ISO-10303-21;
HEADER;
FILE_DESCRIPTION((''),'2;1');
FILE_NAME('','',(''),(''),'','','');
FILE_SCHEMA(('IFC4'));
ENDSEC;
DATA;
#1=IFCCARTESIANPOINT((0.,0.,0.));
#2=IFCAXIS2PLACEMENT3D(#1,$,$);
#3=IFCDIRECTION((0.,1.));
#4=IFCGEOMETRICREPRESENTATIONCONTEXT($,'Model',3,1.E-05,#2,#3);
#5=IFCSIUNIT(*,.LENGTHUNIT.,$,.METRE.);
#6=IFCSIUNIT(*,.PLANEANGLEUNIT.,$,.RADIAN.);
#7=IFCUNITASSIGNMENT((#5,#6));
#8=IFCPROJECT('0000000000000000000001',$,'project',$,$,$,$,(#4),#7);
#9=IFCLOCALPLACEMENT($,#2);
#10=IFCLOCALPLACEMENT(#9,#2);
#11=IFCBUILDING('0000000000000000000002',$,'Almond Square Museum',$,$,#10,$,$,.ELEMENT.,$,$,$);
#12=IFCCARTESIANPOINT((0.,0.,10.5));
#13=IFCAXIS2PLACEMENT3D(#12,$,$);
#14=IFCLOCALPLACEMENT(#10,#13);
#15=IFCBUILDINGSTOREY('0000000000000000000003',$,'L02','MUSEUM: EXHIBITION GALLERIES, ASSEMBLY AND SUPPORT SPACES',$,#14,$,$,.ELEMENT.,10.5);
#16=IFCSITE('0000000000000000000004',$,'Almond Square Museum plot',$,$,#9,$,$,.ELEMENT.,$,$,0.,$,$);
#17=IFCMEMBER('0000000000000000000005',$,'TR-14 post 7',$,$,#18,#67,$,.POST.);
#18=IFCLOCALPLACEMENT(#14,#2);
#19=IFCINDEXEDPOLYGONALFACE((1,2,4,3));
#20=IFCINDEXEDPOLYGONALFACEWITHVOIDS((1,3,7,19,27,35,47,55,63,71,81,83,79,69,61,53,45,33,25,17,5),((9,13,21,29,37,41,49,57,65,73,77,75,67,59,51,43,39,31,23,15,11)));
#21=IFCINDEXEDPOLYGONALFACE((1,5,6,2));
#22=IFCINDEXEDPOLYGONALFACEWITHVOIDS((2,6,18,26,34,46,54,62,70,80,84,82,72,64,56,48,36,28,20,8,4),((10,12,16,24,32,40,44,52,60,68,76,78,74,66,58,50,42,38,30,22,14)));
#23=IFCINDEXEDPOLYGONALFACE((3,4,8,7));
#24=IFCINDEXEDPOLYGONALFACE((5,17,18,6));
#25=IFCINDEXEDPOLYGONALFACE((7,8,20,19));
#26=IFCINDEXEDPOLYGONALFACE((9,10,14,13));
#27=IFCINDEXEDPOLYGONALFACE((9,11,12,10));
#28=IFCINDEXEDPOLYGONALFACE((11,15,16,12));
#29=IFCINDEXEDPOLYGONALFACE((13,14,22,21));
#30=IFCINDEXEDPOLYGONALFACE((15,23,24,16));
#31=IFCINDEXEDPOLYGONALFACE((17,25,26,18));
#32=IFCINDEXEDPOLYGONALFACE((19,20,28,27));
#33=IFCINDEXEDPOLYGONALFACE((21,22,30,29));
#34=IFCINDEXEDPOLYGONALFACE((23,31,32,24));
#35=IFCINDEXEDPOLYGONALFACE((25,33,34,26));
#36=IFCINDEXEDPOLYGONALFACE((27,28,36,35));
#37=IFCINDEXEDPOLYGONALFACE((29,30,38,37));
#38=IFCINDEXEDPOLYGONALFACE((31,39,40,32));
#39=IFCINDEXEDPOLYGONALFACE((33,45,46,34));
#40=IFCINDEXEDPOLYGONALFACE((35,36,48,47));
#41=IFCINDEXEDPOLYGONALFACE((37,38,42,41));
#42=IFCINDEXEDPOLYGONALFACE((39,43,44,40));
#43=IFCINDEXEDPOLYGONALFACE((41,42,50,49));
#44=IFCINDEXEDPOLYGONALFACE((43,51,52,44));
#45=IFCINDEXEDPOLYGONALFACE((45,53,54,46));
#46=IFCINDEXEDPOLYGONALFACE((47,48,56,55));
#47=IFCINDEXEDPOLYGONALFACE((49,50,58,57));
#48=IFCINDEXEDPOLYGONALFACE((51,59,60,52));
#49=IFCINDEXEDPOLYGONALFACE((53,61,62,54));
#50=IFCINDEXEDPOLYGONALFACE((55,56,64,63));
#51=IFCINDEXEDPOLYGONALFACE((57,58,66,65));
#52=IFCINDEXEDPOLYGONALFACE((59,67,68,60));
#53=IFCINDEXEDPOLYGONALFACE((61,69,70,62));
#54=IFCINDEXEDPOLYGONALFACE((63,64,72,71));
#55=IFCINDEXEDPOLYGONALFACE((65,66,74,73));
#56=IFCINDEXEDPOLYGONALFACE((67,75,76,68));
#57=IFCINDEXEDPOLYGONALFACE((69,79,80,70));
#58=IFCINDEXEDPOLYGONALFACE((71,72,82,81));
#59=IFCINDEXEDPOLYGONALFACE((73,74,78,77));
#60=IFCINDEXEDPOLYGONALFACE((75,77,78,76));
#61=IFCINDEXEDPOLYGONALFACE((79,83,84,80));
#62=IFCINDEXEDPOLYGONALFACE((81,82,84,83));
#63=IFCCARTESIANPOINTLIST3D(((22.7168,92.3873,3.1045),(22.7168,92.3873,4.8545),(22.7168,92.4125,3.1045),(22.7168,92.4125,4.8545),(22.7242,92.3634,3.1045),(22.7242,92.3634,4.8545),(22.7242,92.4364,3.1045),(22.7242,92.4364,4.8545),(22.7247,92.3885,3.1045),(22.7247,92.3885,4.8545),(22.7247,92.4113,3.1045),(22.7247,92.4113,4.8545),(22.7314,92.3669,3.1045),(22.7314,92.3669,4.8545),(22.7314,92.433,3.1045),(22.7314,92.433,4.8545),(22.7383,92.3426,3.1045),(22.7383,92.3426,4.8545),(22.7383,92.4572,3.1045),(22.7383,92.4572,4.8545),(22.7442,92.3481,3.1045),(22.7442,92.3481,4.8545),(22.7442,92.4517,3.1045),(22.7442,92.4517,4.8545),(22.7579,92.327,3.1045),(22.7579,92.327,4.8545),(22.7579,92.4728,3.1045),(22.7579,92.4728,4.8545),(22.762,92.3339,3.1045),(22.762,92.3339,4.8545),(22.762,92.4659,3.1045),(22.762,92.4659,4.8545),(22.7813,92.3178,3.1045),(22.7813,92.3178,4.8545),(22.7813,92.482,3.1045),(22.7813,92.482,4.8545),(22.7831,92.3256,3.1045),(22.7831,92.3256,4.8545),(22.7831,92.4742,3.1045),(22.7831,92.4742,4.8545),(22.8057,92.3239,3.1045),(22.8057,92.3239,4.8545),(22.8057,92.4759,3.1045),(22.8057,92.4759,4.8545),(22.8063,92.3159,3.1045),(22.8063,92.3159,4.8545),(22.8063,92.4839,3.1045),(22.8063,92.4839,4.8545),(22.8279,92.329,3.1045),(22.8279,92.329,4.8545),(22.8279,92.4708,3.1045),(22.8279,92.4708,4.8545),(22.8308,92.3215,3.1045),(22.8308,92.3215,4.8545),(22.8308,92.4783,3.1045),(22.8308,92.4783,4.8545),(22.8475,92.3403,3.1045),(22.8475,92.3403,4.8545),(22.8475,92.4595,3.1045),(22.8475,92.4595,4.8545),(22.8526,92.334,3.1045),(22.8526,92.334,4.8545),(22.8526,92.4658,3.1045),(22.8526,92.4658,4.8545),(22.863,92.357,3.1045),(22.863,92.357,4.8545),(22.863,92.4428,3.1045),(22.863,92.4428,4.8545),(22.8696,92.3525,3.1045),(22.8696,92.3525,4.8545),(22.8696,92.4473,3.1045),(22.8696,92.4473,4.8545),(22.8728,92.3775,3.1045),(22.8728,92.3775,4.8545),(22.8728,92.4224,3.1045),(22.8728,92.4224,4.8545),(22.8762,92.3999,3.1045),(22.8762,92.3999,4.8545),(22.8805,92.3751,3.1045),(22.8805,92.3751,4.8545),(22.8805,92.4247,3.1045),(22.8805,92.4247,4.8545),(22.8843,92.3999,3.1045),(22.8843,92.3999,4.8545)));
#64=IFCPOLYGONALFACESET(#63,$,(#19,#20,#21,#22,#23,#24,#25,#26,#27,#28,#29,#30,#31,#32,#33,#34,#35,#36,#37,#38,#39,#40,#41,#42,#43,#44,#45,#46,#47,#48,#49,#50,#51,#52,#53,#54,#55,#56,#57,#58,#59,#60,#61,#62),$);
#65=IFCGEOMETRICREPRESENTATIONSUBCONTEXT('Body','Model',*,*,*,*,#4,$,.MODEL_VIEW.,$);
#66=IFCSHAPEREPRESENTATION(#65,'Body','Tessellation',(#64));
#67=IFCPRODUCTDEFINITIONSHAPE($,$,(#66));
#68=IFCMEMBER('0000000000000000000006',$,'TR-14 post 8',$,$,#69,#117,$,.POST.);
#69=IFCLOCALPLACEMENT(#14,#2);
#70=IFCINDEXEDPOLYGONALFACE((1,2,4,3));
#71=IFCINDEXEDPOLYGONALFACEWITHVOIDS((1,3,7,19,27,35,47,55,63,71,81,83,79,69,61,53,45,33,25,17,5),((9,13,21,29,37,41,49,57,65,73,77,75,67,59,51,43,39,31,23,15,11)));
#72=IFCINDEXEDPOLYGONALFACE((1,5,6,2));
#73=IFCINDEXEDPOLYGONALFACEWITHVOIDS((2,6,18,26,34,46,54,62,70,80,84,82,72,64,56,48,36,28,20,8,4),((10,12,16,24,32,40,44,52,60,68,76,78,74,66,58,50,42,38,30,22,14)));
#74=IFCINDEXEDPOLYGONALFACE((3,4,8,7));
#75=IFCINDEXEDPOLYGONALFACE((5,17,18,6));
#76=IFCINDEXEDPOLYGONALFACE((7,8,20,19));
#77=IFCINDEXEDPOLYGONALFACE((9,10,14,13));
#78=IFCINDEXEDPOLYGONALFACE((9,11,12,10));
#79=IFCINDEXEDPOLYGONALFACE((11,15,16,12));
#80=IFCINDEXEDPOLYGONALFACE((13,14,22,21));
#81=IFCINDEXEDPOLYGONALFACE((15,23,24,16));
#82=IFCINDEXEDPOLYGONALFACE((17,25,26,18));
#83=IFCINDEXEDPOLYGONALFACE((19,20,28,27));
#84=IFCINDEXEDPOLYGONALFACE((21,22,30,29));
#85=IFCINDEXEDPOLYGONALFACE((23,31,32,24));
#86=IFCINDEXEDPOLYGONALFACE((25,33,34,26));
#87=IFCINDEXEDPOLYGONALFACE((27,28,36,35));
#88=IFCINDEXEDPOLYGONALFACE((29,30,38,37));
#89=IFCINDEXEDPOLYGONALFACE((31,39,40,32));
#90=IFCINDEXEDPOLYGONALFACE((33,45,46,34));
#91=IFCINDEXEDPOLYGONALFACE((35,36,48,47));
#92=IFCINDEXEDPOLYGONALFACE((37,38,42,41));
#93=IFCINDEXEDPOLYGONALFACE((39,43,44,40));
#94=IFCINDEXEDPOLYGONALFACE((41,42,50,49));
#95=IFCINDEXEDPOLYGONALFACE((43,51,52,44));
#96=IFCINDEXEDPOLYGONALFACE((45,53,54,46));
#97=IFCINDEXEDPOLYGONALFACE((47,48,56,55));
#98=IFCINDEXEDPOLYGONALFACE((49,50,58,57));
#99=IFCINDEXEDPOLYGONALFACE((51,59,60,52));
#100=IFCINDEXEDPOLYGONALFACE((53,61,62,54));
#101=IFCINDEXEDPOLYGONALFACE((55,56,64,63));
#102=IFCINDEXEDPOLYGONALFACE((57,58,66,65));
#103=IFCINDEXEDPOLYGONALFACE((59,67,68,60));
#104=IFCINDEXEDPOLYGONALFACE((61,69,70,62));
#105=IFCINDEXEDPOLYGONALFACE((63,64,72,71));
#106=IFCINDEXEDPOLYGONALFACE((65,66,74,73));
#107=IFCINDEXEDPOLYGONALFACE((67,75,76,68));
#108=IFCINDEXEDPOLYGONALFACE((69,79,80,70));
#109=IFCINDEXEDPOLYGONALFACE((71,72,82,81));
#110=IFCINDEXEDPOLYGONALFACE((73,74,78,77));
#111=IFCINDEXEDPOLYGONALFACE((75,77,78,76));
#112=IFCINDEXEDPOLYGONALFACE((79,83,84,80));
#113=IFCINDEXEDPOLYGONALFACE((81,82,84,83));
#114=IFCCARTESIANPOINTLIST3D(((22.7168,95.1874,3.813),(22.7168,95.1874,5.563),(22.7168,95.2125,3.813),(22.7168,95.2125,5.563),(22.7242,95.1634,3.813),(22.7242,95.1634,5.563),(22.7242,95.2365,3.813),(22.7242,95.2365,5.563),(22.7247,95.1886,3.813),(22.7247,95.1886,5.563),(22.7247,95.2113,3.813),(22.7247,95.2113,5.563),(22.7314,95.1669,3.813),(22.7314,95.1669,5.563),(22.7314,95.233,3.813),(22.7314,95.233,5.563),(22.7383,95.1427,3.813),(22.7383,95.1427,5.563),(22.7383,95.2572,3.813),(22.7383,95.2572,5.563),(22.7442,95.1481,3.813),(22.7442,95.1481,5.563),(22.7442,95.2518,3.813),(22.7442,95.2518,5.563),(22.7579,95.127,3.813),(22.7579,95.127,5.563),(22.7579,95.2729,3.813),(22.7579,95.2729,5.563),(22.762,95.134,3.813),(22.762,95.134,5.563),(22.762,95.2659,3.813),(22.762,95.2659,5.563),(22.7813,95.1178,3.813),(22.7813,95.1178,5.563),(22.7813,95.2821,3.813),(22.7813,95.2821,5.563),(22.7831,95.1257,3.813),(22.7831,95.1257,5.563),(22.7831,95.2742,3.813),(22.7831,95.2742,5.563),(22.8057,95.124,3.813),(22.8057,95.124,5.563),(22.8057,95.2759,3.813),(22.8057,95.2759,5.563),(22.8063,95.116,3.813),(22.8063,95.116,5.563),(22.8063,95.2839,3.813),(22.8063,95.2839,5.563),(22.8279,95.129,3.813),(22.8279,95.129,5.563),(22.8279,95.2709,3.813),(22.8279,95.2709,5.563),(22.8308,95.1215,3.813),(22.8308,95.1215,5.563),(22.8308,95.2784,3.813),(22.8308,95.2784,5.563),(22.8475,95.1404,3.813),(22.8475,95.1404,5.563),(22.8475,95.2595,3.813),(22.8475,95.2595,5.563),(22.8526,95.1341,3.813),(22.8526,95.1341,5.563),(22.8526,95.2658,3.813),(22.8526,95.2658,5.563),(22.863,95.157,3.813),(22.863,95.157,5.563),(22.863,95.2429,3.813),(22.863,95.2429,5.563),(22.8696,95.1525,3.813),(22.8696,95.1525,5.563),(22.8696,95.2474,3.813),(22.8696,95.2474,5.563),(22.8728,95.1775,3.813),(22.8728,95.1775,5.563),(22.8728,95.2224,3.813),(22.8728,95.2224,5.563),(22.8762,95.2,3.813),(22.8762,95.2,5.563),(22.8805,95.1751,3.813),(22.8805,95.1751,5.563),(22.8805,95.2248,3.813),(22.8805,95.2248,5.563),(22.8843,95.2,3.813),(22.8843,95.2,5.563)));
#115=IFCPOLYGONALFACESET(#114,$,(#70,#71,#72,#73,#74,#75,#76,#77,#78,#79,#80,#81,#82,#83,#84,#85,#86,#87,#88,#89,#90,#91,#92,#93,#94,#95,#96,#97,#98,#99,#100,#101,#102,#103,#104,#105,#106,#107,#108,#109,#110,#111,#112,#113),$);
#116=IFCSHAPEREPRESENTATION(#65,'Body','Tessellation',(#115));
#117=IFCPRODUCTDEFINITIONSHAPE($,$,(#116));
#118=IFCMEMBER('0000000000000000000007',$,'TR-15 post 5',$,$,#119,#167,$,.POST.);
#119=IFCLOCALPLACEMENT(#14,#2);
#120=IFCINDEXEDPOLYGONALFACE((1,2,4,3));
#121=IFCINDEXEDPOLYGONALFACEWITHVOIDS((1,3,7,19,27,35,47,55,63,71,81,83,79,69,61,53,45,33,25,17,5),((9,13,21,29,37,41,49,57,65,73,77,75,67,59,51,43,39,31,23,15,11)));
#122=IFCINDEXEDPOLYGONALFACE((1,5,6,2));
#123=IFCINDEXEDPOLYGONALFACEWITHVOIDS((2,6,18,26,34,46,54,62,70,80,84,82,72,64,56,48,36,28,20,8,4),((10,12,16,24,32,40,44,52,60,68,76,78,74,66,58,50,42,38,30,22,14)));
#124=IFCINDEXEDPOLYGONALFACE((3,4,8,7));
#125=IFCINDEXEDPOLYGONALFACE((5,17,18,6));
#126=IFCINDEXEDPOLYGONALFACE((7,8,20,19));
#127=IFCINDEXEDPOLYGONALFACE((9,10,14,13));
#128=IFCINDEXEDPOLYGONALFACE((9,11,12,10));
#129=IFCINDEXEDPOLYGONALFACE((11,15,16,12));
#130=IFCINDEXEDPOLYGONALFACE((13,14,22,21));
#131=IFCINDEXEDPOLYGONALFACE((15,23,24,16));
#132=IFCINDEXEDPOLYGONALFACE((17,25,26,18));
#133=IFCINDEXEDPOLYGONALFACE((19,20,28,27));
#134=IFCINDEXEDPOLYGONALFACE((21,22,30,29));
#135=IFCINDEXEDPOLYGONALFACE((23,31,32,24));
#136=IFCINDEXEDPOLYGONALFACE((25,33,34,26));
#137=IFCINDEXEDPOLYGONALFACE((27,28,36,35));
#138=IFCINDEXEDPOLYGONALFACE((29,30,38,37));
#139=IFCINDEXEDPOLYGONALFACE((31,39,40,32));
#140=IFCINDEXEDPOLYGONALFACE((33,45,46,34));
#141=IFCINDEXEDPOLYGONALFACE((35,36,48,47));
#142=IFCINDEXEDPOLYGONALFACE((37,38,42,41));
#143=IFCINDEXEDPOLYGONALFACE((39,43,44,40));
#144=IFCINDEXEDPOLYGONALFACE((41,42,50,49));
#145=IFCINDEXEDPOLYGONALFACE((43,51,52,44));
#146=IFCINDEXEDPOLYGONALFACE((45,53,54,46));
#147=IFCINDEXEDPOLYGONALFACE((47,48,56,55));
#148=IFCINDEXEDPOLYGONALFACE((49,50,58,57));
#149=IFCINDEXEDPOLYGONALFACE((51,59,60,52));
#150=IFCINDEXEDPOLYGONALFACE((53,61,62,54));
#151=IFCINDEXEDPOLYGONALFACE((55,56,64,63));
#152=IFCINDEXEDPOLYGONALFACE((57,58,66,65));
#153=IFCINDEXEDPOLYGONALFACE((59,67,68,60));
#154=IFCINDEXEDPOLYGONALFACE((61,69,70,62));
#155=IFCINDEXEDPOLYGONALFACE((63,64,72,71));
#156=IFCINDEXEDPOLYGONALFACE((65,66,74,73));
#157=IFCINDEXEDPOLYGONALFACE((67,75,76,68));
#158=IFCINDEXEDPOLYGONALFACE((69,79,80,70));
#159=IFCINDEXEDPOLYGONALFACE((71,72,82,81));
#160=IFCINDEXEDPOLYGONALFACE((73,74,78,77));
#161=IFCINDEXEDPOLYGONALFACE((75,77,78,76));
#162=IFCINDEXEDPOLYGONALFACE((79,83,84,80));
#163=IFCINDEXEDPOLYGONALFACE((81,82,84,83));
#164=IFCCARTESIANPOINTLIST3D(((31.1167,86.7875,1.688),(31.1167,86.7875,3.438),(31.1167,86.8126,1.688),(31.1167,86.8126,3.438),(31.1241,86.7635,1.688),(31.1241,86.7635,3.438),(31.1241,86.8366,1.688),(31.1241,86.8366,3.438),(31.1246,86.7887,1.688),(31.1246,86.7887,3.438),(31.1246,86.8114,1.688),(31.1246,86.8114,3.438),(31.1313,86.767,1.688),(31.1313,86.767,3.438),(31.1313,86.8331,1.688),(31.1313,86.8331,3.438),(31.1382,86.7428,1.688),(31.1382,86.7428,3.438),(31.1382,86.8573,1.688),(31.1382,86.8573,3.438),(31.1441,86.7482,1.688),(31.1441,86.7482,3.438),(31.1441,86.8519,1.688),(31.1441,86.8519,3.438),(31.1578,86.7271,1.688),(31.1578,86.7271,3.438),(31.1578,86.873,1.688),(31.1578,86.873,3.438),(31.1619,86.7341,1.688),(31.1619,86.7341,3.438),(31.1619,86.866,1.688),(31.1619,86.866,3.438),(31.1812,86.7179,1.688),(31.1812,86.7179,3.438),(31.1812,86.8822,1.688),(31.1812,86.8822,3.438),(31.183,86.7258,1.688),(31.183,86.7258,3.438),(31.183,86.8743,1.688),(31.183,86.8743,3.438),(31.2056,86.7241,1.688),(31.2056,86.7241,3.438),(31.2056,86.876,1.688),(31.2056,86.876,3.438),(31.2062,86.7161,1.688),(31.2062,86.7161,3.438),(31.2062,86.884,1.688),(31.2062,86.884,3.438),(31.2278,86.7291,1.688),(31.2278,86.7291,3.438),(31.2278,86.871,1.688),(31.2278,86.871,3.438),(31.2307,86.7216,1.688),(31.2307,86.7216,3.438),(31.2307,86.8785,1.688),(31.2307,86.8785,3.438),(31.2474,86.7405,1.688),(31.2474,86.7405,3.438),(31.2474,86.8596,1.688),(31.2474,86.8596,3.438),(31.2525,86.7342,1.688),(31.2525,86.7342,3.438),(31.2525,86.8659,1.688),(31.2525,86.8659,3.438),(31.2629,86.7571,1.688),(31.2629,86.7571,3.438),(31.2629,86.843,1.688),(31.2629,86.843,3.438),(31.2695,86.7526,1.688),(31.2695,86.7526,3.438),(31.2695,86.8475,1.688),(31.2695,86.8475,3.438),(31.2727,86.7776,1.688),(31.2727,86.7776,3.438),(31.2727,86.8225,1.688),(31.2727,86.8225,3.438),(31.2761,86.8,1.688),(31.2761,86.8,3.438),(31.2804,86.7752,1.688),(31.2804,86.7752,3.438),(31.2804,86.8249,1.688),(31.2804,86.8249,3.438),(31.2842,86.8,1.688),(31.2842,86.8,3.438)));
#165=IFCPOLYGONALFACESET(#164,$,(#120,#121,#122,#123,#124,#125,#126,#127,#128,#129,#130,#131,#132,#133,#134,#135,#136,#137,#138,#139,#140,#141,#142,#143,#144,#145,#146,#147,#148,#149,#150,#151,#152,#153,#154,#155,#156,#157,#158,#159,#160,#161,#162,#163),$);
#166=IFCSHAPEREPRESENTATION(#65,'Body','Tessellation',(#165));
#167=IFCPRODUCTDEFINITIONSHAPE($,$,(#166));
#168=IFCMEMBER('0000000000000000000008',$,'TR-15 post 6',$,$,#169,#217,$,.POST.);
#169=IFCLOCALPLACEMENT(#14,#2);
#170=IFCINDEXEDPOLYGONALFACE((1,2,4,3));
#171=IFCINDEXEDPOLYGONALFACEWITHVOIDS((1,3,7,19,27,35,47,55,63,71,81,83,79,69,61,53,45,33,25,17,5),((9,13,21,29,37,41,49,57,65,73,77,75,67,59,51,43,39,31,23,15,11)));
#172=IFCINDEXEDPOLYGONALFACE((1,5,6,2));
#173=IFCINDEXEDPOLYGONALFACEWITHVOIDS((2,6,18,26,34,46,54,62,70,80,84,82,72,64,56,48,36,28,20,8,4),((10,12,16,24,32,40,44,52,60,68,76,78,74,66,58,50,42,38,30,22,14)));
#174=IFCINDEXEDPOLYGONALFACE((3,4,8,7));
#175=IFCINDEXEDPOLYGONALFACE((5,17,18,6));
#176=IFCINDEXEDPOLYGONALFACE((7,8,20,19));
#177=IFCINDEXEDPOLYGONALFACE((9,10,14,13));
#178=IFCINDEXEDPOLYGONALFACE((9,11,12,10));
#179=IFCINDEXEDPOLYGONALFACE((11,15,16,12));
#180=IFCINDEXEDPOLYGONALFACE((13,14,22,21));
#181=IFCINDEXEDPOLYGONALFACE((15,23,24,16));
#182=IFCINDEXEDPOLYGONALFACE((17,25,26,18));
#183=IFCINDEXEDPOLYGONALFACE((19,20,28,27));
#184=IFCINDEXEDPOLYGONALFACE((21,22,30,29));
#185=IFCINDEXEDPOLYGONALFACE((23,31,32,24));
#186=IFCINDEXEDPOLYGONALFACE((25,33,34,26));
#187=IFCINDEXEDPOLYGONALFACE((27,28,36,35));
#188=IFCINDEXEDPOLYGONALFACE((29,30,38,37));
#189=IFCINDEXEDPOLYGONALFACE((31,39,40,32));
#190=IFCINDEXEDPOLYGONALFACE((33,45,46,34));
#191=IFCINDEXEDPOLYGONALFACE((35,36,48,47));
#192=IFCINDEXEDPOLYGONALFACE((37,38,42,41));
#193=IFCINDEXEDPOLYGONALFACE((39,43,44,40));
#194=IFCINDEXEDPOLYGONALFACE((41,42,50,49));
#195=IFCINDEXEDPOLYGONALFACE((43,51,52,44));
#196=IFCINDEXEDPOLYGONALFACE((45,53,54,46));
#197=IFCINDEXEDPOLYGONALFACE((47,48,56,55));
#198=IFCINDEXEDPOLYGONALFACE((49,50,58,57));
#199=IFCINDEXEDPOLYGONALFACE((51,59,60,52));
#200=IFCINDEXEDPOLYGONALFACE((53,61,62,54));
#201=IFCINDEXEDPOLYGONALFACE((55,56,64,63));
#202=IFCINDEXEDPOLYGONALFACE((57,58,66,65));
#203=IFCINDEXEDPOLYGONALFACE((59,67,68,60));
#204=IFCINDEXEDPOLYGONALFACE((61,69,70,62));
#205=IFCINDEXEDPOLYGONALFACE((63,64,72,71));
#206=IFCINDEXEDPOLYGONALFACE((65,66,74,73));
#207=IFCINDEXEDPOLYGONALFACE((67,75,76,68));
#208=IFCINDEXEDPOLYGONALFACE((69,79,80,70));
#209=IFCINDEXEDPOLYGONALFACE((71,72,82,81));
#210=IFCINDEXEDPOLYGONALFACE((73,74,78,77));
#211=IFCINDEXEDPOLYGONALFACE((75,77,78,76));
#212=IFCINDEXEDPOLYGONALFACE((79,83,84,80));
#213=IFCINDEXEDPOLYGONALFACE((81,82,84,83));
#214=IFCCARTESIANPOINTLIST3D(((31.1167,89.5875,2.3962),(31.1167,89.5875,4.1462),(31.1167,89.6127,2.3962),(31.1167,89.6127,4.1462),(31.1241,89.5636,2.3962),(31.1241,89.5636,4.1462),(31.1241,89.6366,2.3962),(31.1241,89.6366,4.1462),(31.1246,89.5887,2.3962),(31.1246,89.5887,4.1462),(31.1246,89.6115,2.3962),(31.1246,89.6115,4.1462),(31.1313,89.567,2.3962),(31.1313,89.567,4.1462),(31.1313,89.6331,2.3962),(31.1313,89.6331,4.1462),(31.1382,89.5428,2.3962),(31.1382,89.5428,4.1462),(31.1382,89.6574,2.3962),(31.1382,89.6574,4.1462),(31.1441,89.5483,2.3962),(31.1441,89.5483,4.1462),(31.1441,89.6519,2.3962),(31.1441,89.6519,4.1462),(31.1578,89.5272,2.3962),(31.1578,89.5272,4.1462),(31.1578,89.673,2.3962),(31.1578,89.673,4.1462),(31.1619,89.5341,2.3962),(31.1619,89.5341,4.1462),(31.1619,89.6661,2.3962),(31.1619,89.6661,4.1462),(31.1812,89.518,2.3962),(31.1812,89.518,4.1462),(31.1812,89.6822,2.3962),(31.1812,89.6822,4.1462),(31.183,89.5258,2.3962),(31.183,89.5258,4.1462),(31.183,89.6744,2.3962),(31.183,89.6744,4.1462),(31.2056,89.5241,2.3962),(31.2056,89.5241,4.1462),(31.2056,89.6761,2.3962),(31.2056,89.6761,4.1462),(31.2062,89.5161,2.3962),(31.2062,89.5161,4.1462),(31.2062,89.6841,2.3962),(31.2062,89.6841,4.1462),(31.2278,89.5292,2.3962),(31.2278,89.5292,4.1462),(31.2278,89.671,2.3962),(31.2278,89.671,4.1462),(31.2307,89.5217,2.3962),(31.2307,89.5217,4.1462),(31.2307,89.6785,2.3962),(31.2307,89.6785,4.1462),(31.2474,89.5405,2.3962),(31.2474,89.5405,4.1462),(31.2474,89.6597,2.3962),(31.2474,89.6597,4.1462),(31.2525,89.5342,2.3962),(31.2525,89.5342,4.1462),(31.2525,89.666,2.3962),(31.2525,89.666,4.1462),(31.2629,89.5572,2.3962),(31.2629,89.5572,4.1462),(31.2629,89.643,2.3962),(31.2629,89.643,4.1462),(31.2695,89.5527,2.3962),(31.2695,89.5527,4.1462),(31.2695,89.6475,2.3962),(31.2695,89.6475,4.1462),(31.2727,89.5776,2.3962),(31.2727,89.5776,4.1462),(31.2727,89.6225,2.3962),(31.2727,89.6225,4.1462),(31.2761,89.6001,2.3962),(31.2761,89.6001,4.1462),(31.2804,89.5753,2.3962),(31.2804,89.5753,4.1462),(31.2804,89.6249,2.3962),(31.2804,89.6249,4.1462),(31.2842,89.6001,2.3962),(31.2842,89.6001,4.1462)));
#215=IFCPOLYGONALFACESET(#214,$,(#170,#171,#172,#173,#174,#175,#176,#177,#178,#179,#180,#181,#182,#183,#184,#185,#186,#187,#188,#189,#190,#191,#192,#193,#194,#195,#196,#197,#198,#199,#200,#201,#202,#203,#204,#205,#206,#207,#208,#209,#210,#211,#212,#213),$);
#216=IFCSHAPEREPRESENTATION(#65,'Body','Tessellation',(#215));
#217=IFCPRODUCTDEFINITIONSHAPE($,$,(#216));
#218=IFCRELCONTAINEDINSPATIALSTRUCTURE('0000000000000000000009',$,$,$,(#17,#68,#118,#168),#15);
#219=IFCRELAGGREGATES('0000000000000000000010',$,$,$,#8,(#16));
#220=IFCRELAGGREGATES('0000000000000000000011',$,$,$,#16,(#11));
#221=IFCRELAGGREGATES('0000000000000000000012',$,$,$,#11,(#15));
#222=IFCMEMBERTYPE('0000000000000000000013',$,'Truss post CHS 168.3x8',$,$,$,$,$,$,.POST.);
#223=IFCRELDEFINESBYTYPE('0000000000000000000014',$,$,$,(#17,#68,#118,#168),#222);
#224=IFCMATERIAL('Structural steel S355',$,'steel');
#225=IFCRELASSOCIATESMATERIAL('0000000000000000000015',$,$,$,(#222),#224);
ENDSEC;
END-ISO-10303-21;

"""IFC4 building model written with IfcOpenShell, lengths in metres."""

from ifc_helpers import new_model, si_unit, direction, frame, origin, origin_2d, place, context, subcontext, project, spatial, hollow_circle, extrude, material, material_profile, profile_set, type_object, element, save


model = new_model("IFC4")

# Units and contexts
model_context = context("Model", 3, precision=1e-05, world=origin(), true_north=direction((0.0, 1.0)))
body_context = subcontext(model_context, "Body", "Model", "MODEL_VIEW")
ifc_project = project(units=[si_unit("LENGTHUNIT", "METRE"), si_unit("PLANEANGLEUNIT", "RADIAN")], contexts=[model_context])

# Site, building, storey
site_placement = place(None, origin())
site = spatial("IfcSite", under=ifc_project, at=site_placement, Name="Almond Square Museum plot", CompositionType="ELEMENT", RefElevation=0.0)
building_placement = place(site_placement, origin())
building = spatial("IfcBuilding", under=site, at=building_placement, Name="Almond Square Museum", CompositionType="ELEMENT")
storey_placement = place(building_placement, frame((0.0, 0.0, 10.5)))
storey = spatial("IfcBuildingStorey", under=building, at=storey_placement, Name="L02", Description="MUSEUM: EXHIBITION GALLERIES, ASSEMBLY AND SUPPORT SPACES", CompositionType="ELEMENT", Elevation=10.5)

# Members
ifc_material_1 = material(Name="Structural steel S355", Category="steel")
ifc_material_profile_1 = material_profile(ifc_material_1, hollow_circle(Radius=0.0842, WallThickness=0.0081, at=origin_2d()))
ifc_profile_set_1 = profile_set([ifc_material_profile_1], Name="Structural steel S355")
member_type_1 = type_object("IfcMemberType", Name="Truss post CHS 168.3x8", PredefinedType="POST", material=ifc_profile_set_1)
for number, where, z_axis, x_axis, name in (
    (1, (22.8, 92.3999, 3.1045), (0.0, 0.0, 1.0), (1.0, 0.0, 0.0), "TR-14 post 7"),
    (2, (22.8, 95.2, 3.813), (0.0, 0.0, 1.0), (1.0, 0.0, 0.0), "TR-14 post 8"),
    (3, (31.2, 86.8, 1.688), (0.0, 0.0, 1.0), (1.0, 0.0, 0.0), "TR-15 post 5"),
    (4, (31.2, 89.6001, 2.3962), (0.0, 0.0, 1.0), (1.0, 0.0, 0.0), "TR-15 post 6"),
):
    element("IfcMember", number, at=place(storey_placement, frame(where, z_axis=z_axis, x_axis=x_axis)), inside=storey, type_object=member_type_1, Name=name, PredefinedType="POST", context=body_context, shape_type="SweptSolid", body=[
        extrude(hollow_circle(Radius=0.0842, WallThickness=0.0081, at=origin_2d()), origin(), (0.0, 0.0, 1.0), 1.75),
    ])

save(model, "model.ifc")
